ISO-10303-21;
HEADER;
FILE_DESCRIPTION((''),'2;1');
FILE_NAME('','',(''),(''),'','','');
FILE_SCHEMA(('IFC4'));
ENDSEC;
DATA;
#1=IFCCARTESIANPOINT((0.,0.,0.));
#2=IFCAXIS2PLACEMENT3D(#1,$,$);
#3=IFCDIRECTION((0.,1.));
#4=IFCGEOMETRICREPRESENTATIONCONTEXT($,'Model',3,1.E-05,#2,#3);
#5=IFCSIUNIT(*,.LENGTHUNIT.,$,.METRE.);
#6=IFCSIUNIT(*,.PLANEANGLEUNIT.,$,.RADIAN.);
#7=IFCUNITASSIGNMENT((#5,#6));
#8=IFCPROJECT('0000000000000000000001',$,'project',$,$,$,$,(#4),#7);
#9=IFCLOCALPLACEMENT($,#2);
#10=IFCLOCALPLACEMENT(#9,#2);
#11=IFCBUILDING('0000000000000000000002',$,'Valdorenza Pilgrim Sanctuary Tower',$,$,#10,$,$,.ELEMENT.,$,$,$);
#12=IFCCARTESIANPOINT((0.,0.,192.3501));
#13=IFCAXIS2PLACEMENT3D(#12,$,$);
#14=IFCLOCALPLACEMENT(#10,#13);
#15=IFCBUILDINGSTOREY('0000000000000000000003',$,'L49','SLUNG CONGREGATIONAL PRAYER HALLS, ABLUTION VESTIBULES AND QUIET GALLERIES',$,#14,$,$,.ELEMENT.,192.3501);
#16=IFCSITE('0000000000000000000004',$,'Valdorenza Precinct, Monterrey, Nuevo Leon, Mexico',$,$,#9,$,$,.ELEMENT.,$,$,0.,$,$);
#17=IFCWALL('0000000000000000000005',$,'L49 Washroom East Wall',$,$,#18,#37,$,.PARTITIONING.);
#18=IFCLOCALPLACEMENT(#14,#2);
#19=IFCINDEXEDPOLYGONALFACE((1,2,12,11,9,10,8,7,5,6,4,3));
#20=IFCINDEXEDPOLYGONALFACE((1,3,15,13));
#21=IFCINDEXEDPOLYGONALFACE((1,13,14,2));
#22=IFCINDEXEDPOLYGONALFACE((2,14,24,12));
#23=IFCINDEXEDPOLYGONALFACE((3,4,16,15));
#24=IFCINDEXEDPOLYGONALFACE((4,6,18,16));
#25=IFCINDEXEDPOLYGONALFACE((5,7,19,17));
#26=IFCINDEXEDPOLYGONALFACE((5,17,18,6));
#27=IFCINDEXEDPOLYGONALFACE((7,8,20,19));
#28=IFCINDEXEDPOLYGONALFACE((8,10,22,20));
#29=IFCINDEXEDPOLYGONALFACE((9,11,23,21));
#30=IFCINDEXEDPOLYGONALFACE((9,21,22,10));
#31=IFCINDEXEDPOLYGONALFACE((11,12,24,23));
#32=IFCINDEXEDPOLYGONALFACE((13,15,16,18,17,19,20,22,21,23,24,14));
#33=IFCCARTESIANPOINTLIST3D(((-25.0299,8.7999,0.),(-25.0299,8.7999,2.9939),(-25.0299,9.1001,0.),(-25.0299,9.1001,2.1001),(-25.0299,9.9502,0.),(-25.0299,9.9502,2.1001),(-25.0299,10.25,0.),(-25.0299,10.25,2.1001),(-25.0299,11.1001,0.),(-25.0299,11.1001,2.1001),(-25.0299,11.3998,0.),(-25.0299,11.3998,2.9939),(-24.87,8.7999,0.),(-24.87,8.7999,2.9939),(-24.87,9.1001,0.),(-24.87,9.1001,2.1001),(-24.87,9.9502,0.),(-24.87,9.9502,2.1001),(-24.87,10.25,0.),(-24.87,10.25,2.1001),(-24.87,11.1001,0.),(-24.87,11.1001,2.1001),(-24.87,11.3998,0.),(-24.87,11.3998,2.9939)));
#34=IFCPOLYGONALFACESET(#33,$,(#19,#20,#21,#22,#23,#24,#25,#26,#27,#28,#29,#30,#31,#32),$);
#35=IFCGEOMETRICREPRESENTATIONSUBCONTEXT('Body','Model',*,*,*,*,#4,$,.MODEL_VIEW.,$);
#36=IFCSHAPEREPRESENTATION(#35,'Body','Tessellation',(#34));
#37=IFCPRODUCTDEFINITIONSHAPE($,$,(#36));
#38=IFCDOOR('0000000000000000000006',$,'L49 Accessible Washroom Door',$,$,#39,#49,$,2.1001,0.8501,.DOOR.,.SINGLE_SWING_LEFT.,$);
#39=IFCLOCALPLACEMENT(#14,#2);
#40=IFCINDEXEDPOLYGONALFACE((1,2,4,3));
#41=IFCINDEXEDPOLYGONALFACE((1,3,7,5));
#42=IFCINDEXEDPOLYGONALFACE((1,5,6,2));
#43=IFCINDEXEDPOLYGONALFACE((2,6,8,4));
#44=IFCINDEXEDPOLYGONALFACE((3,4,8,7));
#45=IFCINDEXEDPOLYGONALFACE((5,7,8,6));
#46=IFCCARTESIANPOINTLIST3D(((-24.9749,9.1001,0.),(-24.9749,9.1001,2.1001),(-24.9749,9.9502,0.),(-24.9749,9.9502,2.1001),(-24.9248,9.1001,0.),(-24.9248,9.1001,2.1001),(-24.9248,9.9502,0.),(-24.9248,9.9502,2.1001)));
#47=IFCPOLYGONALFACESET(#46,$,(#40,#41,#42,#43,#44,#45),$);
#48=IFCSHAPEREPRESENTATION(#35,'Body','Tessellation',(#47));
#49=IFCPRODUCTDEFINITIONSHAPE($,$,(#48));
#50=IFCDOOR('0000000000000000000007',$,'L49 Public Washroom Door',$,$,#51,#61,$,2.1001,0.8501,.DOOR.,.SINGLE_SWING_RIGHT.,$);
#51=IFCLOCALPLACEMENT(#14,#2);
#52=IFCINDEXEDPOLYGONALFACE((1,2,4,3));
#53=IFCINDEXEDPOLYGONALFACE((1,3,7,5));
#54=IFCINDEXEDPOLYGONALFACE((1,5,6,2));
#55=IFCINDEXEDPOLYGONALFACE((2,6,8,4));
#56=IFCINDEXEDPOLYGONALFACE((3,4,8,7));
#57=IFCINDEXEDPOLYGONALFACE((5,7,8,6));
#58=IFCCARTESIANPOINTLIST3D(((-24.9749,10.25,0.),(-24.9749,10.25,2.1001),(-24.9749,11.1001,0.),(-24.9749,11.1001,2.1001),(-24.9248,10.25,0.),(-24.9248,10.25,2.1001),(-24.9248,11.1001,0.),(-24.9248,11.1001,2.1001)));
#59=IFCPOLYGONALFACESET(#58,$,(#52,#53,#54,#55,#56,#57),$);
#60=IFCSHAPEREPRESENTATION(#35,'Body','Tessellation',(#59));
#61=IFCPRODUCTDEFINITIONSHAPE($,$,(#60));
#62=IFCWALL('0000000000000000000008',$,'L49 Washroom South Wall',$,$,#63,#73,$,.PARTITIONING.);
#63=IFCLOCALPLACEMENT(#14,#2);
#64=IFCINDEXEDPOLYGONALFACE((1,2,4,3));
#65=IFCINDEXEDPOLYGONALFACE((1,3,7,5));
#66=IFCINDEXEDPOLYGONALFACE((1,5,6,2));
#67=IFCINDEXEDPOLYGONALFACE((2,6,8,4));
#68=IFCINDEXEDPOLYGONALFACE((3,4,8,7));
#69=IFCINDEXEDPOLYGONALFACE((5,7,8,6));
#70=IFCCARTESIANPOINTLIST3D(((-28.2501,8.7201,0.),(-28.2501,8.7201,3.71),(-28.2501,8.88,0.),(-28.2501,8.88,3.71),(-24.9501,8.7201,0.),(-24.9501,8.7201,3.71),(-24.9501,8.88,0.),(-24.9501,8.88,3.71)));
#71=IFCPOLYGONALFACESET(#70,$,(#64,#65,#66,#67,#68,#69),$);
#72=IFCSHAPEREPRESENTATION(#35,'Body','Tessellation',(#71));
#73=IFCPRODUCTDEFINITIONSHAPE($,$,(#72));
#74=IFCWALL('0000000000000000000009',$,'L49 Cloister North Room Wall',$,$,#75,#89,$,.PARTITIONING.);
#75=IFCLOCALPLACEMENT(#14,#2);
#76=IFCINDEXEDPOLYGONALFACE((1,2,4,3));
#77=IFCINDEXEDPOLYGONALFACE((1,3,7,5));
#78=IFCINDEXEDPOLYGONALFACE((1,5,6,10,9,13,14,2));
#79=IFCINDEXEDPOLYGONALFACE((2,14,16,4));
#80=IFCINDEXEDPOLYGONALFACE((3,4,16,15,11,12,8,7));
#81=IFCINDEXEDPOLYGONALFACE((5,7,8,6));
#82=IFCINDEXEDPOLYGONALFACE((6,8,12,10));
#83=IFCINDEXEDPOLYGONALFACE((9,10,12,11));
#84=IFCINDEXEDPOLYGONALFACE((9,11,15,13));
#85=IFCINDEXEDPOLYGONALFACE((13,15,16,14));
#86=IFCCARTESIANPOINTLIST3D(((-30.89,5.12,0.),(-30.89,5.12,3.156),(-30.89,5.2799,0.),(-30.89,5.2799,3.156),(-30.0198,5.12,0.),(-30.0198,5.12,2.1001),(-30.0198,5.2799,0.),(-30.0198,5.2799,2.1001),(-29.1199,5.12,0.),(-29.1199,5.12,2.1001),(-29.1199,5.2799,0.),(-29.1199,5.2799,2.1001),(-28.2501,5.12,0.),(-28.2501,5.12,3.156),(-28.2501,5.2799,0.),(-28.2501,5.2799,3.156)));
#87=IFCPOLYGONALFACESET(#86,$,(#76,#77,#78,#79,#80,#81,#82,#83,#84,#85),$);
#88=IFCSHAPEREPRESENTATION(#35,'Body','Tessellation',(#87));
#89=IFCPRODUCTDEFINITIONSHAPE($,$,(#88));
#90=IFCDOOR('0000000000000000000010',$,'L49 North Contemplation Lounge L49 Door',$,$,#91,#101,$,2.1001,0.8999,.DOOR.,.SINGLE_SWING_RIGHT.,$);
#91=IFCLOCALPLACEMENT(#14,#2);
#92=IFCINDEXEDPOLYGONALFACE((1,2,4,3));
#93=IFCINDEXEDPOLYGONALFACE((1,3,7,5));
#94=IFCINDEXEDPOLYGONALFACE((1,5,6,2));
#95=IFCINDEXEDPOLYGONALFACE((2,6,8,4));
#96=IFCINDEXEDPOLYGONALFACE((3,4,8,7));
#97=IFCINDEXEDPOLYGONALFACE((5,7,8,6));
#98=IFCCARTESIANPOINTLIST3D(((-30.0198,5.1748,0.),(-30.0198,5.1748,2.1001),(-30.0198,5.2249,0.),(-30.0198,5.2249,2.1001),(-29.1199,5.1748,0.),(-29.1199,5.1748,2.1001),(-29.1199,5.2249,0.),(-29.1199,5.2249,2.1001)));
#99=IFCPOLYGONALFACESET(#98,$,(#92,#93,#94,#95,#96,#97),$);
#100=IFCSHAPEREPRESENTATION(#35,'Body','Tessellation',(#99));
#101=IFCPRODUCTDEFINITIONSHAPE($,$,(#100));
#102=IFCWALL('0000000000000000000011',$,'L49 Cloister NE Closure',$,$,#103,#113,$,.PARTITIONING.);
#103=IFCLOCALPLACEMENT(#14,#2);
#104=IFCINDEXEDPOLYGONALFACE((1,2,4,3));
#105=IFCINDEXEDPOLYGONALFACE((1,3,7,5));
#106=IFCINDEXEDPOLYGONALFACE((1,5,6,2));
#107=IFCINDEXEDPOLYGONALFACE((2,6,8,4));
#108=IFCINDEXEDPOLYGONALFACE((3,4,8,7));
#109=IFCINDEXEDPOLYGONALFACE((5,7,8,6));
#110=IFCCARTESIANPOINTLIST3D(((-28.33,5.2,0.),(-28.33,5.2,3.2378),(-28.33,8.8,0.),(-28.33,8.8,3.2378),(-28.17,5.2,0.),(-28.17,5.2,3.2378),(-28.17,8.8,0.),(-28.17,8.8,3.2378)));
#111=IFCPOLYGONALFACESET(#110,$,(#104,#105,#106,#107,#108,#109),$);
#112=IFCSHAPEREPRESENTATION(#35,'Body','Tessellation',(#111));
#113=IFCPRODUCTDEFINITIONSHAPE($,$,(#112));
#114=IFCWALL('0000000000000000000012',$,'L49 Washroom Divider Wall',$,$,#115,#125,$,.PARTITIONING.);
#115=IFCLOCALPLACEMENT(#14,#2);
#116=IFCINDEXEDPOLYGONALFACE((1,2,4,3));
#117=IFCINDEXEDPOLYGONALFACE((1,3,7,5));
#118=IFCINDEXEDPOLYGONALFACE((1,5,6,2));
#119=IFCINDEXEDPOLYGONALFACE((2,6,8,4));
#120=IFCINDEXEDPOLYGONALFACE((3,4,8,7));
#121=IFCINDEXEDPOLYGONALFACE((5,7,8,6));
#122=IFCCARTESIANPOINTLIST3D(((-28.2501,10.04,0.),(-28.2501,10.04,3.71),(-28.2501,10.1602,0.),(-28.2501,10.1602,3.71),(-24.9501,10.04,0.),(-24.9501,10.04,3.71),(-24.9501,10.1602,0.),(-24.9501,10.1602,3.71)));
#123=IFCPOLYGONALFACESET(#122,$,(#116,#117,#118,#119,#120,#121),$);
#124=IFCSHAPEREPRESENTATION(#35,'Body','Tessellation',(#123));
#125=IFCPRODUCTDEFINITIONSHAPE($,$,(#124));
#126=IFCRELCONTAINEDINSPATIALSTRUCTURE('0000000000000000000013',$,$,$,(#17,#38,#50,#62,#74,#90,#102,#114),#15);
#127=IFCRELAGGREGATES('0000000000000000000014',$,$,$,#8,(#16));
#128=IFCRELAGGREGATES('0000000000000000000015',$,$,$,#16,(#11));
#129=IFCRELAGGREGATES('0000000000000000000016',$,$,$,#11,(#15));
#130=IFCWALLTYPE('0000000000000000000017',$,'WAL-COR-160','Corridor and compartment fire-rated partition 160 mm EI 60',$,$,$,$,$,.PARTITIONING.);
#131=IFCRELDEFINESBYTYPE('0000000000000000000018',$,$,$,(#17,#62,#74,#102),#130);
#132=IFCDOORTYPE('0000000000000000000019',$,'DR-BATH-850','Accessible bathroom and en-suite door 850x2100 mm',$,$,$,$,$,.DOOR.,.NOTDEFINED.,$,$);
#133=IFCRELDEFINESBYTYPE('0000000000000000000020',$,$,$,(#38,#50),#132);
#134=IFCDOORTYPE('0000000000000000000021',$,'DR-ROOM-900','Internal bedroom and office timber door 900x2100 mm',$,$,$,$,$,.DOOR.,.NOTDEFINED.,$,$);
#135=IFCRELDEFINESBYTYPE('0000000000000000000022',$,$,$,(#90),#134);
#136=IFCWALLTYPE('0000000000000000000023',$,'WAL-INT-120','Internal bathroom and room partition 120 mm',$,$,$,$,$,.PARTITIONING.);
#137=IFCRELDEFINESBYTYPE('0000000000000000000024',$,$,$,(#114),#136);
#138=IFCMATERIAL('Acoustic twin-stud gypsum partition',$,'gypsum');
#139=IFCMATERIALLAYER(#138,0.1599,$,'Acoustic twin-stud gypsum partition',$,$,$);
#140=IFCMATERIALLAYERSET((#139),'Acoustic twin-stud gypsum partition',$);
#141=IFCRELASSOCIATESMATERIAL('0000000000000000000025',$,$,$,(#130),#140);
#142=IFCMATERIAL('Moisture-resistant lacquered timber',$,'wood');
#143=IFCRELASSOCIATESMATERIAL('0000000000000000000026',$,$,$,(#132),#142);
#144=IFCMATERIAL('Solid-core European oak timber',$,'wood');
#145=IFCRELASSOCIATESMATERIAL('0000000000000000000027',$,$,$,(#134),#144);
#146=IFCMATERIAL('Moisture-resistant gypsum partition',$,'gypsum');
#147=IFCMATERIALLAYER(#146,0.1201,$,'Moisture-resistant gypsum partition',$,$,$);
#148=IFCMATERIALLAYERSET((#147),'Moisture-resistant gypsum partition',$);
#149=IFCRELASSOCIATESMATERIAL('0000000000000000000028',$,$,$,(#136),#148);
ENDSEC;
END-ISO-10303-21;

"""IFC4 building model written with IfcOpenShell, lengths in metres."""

from ifc_helpers import new_model, si_unit, direction, frame, frame_2d, origin, place, context, subcontext, project, spatial, rectangle, extrude, material, layer, layer_set, type_object, element, fill, save


model = new_model("IFC4")

# Units and contexts
model_context = context("Model", 3, precision=1e-05, world=origin(), true_north=direction((0.0, 1.0)))
body_context = subcontext(model_context, "Body", "Model", "MODEL_VIEW")
ifc_project = project(units=[si_unit("LENGTHUNIT", "METRE"), si_unit("PLANEANGLEUNIT", "RADIAN")], contexts=[model_context])

# Site, building, storey
site_placement = place(None, origin())
site = spatial("IfcSite", under=ifc_project, at=site_placement, Name="Valdorenza Precinct, Monterrey, Nuevo Leon, Mexico", CompositionType="ELEMENT", RefElevation=0.0)
building_placement = place(site_placement, origin())
building = spatial("IfcBuilding", under=site, at=building_placement, Name="Valdorenza Pilgrim Sanctuary Tower", CompositionType="ELEMENT")
storey_placement = place(building_placement, frame((0.0, 0.0, 192.3501)))
storey = spatial("IfcBuildingStorey", under=building, at=storey_placement, Name="L49", Description="SLUNG CONGREGATIONAL PRAYER HALLS, ABLUTION VESTIBULES AND QUIET GALLERIES", CompositionType="ELEMENT", Elevation=192.3501)

# Shared definitions
ifc_material_1 = material(Name="Acoustic twin-stud gypsum partition", Category="gypsum")
ifc_layer_1 = layer(ifc_material_1, 0.1599, Name="Acoustic twin-stud gypsum partition")
ifc_layer_set_1 = layer_set([ifc_layer_1], Name="Acoustic twin-stud gypsum partition")
wall_type_1 = type_object("IfcWallType", Name="WAL-COR-160", Description="Corridor and compartment fire-rated partition 160 mm EI 60", PredefinedType="PARTITIONING", material=ifc_layer_set_1)

# Wall, openings, doors
wall_1_placement = place(storey_placement, frame((-24.95, 8.8, 0.0), z_axis=(0.0, 0.0, 1.0), x_axis=(0.0, 1.0, 0.0)))
wall_1 = element("IfcWall", 1, at=wall_1_placement, inside=storey, type_object=wall_type_1, Name="L49 Washroom East Wall", PredefinedType="PARTITIONING", context=body_context, shape_type="SweptSolid", body=[
    extrude(rectangle(XDim=2.5999, YDim=0.1599, at=frame_2d((1.2998, 0.0))), origin(), (0.0, 0.0, 1.0), 2.9939),
])
opening_1_placement = place(wall_1_placement, frame((0.3, 0.0, 0.0)))
opening_1 = element("IfcOpeningElement", 2, at=opening_1_placement, cuts=wall_1, PredefinedType="OPENING", context=body_context, shape_type="SweptSolid", body=[
    extrude(rectangle(XDim=0.8501, YDim=2.1001, at=frame_2d((0.425, 1.05))), frame((0.0, 0.0947, 0.0), z_axis=(0.0, -1.0, 0.0), x_axis=(1.0, 0.0, 0.0)), (0.0, 0.0, 1.0), 0.1897),
])
opening_2_placement = place(wall_1_placement, frame((1.45, 0.0, 0.0)))
opening_2 = element("IfcOpeningElement", 3, at=opening_2_placement, cuts=wall_1, PredefinedType="OPENING", context=body_context, shape_type="SweptSolid", body=[
    extrude(rectangle(XDim=0.8501, YDim=2.1001, at=frame_2d((0.425, 1.05))), frame((0.0, 0.0947, 0.0), z_axis=(0.0, -1.0, 0.0), x_axis=(1.0, 0.0, 0.0)), (0.0, 0.0, 1.0), 0.1897),
])
ifc_material_2 = material(Name="Moisture-resistant lacquered timber", Category="wood")
door_type_1 = type_object("IfcDoorType", Name="DR-BATH-850", Description="Accessible bathroom and en-suite door 850x2100 mm", OperationType="NOTDEFINED", PredefinedType="DOOR", material=ifc_material_2)
door_1_placement = place(opening_1_placement, origin())
door_1 = element("IfcDoor", 4, at=door_1_placement, inside=storey, type_object=door_type_1, Name="L49 Accessible Washroom Door", OperationType="SINGLE_SWING_LEFT", OverallHeight=2.1001, OverallWidth=0.8501, PredefinedType="DOOR", context=body_context, shape_type="SweptSolid", body=[
    extrude(rectangle(XDim=0.8501, YDim=2.1001, at=frame_2d((0.425, 1.05))), frame((0.0, 0.0249, 0.0), z_axis=(0.0, -1.0, 0.0), x_axis=(1.0, 0.0, 0.0)), (0.0, 0.0, 1.0), 0.05),
])
fill(opening_1, door_1)
door_2_placement = place(opening_2_placement, origin())
door_2 = element("IfcDoor", 5, at=door_2_placement, inside=storey, type_object=door_type_1, Name="L49 Public Washroom Door", OperationType="SINGLE_SWING_RIGHT", OverallHeight=2.1001, OverallWidth=0.8501, PredefinedType="DOOR", context=body_context, shape_type="SweptSolid", body=[
    extrude(rectangle(XDim=0.8501, YDim=2.1001, at=frame_2d((0.425, 1.05))), frame((0.0, 0.0249, 0.0), z_axis=(0.0, -1.0, 0.0), x_axis=(1.0, 0.0, 0.0)), (0.0, 0.0, 1.0), 0.05),
])
fill(opening_2, door_2)

# Wall
wall_2_placement = place(storey_placement, frame((-28.25, 8.8, 0.0), z_axis=(0.0, 0.0, 1.0), x_axis=(1.0, 0.0, 0.0)))
element("IfcWall", 6, at=wall_2_placement, inside=storey, type_object=wall_type_1, Name="L49 Washroom South Wall", PredefinedType="PARTITIONING", context=body_context, shape_type="SweptSolid", body=[
    extrude(rectangle(XDim=3.3, YDim=0.1599, at=frame_2d((1.6499, 0.0))), origin(), (0.0, 0.0, 1.0), 3.71),
])

# Wall, opening, door
wall_3_placement = place(storey_placement, frame((-30.8899, 5.2, 0.0), z_axis=(0.0, 0.0, 1.0), x_axis=(1.0, 0.0, 0.0)))
wall_3 = element("IfcWall", 7, at=wall_3_placement, inside=storey, type_object=wall_type_1, Name="L49 Cloister North Room Wall", PredefinedType="PARTITIONING", context=body_context, shape_type="SweptSolid", body=[
    extrude(rectangle(XDim=2.6399, YDim=0.1599, at=frame_2d((1.3198, 0.0))), origin(), (0.0, 0.0, 1.0), 3.156),
])
opening_3_placement = place(wall_3_placement, frame((0.8701, 0.0, 0.0)))
opening_3 = element("IfcOpeningElement", 8, at=opening_3_placement, cuts=wall_3, PredefinedType="OPENING", context=body_context, shape_type="SweptSolid", body=[
    extrude(rectangle(XDim=0.8999, YDim=2.1001, at=frame_2d((0.45, 1.05))), frame((0.0, 0.0947, 0.0), z_axis=(0.0, -1.0, 0.0), x_axis=(1.0, 0.0, 0.0)), (0.0, 0.0, 1.0), 0.1897),
])
ifc_material_3 = material(Name="Solid-core European oak timber", Category="wood")
door_type_2 = type_object("IfcDoorType", Name="DR-ROOM-900", Description="Internal bedroom and office timber door 900x2100 mm", OperationType="NOTDEFINED", PredefinedType="DOOR", material=ifc_material_3)
door_3_placement = place(opening_3_placement, origin())
door_3 = element("IfcDoor", 9, at=door_3_placement, inside=storey, type_object=door_type_2, Name="L49 North Contemplation Lounge L49 Door", OperationType="SINGLE_SWING_RIGHT", OverallHeight=2.1001, OverallWidth=0.8999, PredefinedType="DOOR", context=body_context, shape_type="SweptSolid", body=[
    extrude(rectangle(XDim=0.8999, YDim=2.1001, at=frame_2d((0.45, 1.05))), frame((0.0, 0.0249, 0.0), z_axis=(0.0, -1.0, 0.0), x_axis=(1.0, 0.0, 0.0)), (0.0, 0.0, 1.0), 0.05),
])
fill(opening_3, door_3)

# Walls
wall_4_placement = place(storey_placement, frame((-28.25, 5.2, 0.0), z_axis=(0.0, 0.0, 1.0), x_axis=(0.0, 1.0, 0.0)))
element("IfcWall", 10, at=wall_4_placement, inside=storey, type_object=wall_type_1, Name="L49 Cloister NE Closure", PredefinedType="PARTITIONING", context=body_context, shape_type="SweptSolid", body=[
    extrude(rectangle(XDim=3.6001, YDim=0.1599, at=frame_2d((1.8, 0.0))), origin(), (0.0, 0.0, 1.0), 3.2378),
])
ifc_material_4 = material(Name="Moisture-resistant gypsum partition", Category="gypsum")
ifc_layer_2 = layer(ifc_material_4, 0.1201, Name="Moisture-resistant gypsum partition")
ifc_layer_set_2 = layer_set([ifc_layer_2], Name="Moisture-resistant gypsum partition")
wall_type_2 = type_object("IfcWallType", Name="WAL-INT-120", Description="Internal bathroom and room partition 120 mm", PredefinedType="PARTITIONING", material=ifc_layer_set_2)
wall_5_placement = place(storey_placement, frame((-28.25, 10.1001, 0.0), z_axis=(0.0, 0.0, 1.0), x_axis=(1.0, 0.0, 0.0)))
element("IfcWall", 11, at=wall_5_placement, inside=storey, type_object=wall_type_2, Name="L49 Washroom Divider Wall", PredefinedType="PARTITIONING", context=body_context, shape_type="SweptSolid", body=[
    extrude(rectangle(XDim=3.3, YDim=0.1201, at=frame_2d((1.6499, 0.0))), origin(), (0.0, 0.0, 1.0), 3.71),
])

save(model, "model.ifc")
